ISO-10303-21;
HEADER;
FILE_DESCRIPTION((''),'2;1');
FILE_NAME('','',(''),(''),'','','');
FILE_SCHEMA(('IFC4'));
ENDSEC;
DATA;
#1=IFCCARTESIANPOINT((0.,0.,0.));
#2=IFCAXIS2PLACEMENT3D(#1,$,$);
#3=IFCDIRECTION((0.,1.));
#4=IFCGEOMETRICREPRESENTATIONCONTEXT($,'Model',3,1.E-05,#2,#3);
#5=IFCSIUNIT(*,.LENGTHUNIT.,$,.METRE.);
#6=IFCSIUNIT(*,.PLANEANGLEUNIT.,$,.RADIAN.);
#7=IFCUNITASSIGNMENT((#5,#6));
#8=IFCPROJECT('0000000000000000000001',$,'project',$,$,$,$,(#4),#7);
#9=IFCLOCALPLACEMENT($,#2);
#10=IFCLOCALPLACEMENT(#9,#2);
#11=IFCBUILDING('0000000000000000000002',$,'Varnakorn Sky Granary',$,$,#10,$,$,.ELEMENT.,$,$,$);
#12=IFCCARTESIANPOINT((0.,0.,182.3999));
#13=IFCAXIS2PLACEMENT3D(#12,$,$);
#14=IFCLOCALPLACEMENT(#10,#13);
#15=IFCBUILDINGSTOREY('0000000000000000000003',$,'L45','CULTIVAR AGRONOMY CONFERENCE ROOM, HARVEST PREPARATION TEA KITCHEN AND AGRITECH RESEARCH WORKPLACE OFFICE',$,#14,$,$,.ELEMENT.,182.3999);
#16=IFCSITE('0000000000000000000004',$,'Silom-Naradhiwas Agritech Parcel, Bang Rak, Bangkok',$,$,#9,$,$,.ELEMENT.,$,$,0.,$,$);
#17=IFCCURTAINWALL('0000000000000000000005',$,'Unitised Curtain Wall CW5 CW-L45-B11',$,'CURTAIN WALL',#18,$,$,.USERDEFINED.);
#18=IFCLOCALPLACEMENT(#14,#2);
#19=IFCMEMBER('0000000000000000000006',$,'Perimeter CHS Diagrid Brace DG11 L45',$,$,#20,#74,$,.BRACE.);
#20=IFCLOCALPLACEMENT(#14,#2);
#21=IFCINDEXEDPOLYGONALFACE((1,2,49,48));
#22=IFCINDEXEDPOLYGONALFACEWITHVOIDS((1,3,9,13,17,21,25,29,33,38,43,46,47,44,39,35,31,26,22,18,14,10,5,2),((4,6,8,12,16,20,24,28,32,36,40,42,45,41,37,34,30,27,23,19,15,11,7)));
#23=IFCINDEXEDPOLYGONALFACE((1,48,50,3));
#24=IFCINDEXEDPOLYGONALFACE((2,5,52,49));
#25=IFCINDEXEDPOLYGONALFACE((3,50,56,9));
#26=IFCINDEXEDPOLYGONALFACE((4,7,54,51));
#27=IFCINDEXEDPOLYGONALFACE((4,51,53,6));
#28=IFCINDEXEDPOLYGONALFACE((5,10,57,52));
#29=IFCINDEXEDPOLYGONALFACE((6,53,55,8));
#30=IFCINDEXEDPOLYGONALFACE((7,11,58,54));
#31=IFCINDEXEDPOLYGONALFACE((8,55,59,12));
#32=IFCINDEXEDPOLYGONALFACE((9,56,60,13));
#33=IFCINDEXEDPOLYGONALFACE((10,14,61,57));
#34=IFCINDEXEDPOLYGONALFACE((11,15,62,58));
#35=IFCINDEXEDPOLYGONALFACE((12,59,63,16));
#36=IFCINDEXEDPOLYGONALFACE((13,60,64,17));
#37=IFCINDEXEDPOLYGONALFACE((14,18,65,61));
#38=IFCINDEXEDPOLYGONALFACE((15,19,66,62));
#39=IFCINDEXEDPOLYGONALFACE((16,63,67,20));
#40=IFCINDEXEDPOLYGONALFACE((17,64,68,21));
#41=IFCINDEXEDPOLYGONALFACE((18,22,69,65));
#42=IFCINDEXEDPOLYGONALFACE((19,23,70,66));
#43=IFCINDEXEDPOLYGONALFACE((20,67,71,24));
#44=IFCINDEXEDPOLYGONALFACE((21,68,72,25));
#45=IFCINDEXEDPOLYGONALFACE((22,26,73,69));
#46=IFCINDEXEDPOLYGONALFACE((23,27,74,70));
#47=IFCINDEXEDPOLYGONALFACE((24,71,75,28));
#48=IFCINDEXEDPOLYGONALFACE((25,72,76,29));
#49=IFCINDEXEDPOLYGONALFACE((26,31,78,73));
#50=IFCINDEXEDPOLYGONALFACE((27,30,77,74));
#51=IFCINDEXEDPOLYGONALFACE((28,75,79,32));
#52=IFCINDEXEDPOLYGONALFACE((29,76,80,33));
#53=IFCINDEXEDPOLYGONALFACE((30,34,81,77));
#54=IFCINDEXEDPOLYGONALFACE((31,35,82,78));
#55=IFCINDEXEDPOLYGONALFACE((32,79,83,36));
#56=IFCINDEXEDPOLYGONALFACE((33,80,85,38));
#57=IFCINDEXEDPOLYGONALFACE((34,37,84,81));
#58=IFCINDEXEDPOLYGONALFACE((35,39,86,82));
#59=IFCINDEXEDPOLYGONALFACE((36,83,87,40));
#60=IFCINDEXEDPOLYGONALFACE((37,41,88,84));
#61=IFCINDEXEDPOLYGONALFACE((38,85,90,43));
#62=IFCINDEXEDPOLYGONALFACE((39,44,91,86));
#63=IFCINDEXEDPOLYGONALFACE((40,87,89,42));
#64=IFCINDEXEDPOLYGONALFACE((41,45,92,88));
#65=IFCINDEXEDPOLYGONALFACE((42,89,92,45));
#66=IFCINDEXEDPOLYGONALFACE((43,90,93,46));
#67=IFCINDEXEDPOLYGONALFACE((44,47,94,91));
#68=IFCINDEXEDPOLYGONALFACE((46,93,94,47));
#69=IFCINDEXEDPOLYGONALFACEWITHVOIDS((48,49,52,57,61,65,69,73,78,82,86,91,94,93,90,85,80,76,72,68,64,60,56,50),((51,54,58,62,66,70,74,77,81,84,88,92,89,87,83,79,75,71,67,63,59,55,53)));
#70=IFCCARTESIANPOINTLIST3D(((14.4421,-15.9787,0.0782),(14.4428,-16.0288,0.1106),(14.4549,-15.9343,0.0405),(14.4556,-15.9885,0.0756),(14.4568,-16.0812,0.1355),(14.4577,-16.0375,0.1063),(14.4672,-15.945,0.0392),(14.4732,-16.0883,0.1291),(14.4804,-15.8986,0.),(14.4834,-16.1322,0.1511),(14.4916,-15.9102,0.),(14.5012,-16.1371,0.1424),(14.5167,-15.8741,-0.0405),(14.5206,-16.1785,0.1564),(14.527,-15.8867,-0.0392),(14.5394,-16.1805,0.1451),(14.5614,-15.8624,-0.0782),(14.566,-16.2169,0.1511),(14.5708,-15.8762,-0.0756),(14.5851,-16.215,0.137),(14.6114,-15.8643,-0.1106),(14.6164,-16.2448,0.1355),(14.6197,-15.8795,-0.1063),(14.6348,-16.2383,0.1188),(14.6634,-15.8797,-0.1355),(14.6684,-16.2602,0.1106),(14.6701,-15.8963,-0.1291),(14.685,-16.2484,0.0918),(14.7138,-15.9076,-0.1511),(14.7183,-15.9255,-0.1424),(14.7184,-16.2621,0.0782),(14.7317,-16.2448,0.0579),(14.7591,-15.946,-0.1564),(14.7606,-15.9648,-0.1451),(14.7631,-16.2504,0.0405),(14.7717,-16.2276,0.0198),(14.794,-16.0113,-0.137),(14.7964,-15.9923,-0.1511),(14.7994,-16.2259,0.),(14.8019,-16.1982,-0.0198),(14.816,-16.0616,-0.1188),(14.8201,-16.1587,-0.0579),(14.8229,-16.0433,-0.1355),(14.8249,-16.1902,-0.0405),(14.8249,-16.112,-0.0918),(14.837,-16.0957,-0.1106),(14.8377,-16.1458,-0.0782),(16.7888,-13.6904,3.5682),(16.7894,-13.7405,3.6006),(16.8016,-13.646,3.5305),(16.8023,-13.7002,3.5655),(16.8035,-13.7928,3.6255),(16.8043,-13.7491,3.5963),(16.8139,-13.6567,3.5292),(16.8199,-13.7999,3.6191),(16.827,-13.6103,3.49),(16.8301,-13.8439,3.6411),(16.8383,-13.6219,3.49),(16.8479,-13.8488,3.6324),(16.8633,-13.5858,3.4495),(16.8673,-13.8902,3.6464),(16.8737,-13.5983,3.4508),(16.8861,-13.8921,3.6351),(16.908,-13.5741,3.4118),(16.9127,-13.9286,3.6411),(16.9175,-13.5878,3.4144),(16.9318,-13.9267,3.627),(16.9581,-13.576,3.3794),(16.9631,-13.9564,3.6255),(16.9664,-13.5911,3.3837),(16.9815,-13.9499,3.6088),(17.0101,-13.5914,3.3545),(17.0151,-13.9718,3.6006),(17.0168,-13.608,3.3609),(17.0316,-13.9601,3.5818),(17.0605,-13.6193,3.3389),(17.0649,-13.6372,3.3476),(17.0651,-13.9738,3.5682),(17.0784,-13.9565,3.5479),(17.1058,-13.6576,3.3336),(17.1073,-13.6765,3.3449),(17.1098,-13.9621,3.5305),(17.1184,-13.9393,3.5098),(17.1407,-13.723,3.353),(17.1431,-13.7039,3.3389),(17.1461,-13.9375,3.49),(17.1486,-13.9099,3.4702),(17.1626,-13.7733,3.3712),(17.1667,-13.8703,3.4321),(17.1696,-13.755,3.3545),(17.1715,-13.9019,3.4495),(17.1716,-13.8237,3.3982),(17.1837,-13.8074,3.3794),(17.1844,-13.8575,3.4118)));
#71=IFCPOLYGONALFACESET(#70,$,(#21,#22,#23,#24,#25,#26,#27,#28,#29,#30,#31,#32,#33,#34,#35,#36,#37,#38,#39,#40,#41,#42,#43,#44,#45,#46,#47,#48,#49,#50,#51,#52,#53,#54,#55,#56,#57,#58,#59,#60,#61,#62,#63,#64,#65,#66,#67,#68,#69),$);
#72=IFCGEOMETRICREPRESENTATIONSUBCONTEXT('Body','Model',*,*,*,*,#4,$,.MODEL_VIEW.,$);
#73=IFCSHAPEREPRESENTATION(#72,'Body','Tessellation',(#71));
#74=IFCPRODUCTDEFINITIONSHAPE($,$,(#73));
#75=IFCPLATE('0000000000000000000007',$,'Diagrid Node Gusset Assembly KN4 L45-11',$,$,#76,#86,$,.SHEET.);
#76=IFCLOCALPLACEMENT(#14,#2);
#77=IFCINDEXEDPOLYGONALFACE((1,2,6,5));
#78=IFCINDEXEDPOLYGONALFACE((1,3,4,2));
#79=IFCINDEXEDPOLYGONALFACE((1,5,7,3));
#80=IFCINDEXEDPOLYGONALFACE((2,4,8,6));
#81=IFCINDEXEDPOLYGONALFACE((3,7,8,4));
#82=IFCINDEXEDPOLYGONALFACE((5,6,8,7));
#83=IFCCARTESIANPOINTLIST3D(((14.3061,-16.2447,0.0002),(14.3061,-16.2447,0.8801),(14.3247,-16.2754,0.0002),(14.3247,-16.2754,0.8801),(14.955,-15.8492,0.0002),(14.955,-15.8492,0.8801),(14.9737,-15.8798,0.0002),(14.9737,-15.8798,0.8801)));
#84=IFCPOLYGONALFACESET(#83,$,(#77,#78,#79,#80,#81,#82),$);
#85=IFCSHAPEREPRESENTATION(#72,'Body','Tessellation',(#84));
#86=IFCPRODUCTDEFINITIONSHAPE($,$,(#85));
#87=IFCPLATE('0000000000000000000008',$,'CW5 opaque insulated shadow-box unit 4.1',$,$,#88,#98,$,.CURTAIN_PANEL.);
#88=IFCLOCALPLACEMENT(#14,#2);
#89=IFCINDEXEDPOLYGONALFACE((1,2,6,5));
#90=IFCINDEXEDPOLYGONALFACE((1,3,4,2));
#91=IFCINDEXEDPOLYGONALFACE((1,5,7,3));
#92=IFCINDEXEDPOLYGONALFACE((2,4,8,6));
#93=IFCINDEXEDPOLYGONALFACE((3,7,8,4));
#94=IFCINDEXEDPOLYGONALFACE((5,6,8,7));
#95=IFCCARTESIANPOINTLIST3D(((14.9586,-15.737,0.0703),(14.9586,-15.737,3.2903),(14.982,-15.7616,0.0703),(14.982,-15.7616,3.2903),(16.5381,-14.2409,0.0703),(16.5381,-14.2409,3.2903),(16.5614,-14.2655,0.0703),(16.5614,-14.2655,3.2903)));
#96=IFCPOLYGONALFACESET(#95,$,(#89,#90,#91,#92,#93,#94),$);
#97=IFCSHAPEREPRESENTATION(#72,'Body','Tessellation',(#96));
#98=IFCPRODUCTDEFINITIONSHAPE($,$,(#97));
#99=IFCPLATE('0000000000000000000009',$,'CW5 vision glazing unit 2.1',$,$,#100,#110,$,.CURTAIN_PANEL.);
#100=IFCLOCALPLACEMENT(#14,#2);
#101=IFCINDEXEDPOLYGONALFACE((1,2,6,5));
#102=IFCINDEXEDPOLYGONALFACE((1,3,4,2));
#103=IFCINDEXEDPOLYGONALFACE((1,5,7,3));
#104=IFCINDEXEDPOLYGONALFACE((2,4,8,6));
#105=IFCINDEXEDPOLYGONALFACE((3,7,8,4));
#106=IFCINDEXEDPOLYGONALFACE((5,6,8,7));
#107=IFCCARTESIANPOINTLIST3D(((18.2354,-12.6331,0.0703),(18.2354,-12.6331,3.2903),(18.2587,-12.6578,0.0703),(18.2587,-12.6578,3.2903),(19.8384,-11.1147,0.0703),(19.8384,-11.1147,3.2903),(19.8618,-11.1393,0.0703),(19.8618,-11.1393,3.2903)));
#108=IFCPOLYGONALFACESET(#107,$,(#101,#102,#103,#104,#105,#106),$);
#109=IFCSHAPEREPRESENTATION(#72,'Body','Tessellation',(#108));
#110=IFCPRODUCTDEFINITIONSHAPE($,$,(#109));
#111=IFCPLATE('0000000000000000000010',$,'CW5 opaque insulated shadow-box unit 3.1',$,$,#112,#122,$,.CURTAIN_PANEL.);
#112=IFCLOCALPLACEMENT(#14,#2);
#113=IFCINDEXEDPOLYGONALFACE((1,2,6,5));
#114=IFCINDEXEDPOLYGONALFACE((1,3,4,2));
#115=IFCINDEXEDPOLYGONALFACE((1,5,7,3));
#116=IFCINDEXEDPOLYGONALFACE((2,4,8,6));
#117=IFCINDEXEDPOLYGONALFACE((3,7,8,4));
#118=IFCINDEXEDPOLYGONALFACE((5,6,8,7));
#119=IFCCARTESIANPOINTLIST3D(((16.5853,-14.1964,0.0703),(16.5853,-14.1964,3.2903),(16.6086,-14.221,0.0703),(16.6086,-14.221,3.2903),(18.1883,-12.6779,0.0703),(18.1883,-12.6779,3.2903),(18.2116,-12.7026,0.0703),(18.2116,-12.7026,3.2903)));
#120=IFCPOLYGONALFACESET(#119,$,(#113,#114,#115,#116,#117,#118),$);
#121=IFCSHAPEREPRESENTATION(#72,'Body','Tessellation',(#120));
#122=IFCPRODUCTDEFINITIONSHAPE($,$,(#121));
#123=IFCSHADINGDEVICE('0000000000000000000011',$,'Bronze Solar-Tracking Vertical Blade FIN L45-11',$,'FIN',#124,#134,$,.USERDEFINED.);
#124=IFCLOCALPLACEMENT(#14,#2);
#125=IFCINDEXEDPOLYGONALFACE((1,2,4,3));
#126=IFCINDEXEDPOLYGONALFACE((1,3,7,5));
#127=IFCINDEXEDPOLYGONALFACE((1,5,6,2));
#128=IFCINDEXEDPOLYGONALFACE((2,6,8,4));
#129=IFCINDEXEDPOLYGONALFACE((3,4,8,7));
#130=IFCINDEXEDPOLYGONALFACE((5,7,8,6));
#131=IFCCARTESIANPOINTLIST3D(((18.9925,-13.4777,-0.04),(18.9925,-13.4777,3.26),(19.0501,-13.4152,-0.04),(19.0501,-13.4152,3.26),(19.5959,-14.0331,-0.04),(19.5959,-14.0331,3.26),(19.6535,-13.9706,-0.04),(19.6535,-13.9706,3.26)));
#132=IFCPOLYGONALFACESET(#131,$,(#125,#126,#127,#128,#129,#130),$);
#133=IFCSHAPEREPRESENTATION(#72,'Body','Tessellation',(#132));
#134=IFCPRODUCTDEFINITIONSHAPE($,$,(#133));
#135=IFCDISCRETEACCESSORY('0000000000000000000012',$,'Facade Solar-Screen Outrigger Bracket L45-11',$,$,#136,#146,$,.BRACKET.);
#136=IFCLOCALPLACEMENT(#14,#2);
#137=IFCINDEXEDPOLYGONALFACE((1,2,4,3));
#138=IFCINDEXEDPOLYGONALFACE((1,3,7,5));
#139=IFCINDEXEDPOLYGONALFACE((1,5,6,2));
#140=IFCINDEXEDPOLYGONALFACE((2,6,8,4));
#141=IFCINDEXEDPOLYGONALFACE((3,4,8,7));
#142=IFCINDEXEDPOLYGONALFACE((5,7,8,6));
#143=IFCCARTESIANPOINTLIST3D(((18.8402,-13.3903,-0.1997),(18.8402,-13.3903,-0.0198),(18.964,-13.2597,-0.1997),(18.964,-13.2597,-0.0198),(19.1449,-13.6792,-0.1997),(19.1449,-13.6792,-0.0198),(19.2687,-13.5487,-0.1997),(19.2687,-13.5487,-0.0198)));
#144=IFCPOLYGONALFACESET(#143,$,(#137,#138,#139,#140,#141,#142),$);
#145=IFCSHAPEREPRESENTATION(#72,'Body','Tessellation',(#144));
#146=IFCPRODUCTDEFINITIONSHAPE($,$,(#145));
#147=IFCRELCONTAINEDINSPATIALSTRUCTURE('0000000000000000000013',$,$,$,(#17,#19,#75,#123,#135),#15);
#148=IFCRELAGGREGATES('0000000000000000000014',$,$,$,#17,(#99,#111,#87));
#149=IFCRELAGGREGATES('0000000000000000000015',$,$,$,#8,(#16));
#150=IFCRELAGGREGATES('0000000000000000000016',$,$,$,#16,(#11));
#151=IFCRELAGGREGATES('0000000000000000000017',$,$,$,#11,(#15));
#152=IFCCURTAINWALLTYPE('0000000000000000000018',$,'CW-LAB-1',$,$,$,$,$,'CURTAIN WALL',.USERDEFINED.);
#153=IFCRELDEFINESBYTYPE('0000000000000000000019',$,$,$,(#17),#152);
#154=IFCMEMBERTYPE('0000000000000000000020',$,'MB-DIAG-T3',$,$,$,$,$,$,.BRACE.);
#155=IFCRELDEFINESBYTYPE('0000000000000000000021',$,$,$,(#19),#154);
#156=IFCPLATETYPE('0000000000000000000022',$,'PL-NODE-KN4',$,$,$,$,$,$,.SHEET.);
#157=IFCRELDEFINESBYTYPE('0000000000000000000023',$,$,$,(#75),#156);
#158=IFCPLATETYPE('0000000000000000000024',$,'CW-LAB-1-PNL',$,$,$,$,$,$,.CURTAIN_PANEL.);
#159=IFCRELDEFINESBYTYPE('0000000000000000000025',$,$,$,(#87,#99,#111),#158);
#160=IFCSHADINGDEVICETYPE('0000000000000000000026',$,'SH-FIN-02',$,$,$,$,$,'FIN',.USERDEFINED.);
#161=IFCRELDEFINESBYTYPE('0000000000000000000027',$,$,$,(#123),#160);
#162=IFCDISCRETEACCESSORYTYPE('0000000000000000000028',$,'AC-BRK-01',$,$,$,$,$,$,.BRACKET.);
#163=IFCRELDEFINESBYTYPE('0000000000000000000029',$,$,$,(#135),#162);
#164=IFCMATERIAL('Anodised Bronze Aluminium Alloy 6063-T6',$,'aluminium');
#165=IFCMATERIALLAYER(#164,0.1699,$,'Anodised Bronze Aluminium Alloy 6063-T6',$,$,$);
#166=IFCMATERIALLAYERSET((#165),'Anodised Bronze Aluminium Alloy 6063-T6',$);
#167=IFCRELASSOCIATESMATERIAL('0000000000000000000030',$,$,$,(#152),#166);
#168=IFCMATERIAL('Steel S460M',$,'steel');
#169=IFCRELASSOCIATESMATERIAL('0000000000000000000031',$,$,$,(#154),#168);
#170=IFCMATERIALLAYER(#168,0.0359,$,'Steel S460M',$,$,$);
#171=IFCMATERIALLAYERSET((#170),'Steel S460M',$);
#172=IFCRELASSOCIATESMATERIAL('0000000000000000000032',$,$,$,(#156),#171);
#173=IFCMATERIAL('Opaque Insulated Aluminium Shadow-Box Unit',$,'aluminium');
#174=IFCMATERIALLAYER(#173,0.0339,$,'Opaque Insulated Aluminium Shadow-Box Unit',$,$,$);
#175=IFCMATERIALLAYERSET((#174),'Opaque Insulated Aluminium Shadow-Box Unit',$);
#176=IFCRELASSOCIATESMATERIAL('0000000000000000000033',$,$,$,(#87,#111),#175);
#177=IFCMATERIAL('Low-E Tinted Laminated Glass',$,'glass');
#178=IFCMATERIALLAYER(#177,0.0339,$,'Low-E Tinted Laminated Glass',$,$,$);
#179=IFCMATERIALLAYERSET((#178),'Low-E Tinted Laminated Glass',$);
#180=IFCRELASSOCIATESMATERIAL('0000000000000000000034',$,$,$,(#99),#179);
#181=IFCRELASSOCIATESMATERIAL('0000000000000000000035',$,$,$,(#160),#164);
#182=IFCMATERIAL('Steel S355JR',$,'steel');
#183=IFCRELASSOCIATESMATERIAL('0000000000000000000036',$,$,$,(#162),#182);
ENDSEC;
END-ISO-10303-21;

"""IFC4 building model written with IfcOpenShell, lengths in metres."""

from ifc_helpers import new_model, si_unit, direction, frame, origin, origin_2d, place, context, subcontext, project, spatial, rectangle, hollow_circle, extrude, source, transform, mapped, material, layer, layer_set, material_profile, profile_set, type_object, type_shapes, element, aggregate, save


model = new_model("IFC4")

# Units and contexts
model_context = context("Model", 3, precision=1e-05, world=origin(), true_north=direction((0.0, 1.0)))
body_context = subcontext(model_context, "Body", "Model", "MODEL_VIEW")
ifc_project = project(units=[si_unit("LENGTHUNIT", "METRE"), si_unit("PLANEANGLEUNIT", "RADIAN")], contexts=[model_context])

# Site, building, storey
site_placement = place(None, origin())
site = spatial("IfcSite", under=ifc_project, at=site_placement, Name="Silom-Naradhiwas Agritech Parcel, Bang Rak, Bangkok", CompositionType="ELEMENT", RefElevation=0.0)
building_placement = place(site_placement, origin())
building = spatial("IfcBuilding", under=site, at=building_placement, Name="Varnakorn Sky Granary", CompositionType="ELEMENT")
storey_placement = place(building_placement, frame((0.0, 0.0, 182.3999)))
storey = spatial("IfcBuildingStorey", under=building, at=storey_placement, Name="L45", Description="CULTIVAR AGRONOMY CONFERENCE ROOM, HARVEST PREPARATION TEA KITCHEN AND AGRITECH RESEARCH WORKPLACE OFFICE", CompositionType="ELEMENT", Elevation=182.3999)

# Shared definitions
ifc_material_1 = material(Name="Steel S460M", Category="steel")

# Shared definitions
ifc_material_2 = material(Name="Steel S355JR", Category="steel")

# Shared definitions
ifc_material_3 = material(Name="Anodised Bronze Aluminium Alloy 6063-T6", Category="aluminium")
ifc_layer_1 = layer(ifc_material_3, 0.1699, Name="Anodised Bronze Aluminium Alloy 6063-T6")
ifc_layer_set_1 = layer_set([ifc_layer_1], Name="Anodised Bronze Aluminium Alloy 6063-T6")
curtain_wall_type = type_object("IfcCurtainWallType", Name="CW-LAB-1", ElementType="CURTAIN WALL", PredefinedType="USERDEFINED", material=ifc_layer_set_1)

# Curtain wall
curtain_wall_1_placement = place(storey_placement, origin())
curtain_wall_1 = element("IfcCurtainWall", 1, at=curtain_wall_1_placement, inside=storey, type_object=curtain_wall_type, Name="Unitised Curtain Wall CW5 CW-L45-B11", ObjectType="CURTAIN WALL", PredefinedType="USERDEFINED")

# Member
ifc_material_profile_1 = material_profile(ifc_material_1, hollow_circle(Radius=0.2285, WallThickness=0.0161, at=origin_2d()), Name="CHS 457x16")
ifc_profile_set_1 = profile_set([ifc_material_profile_1], Name="Steel S460M")
member_type_1 = type_object("IfcMemberType", Name="MB-DIAG-T3", PredefinedType="BRACE", material=ifc_profile_set_1)
member_1_placement = place(storey_placement, frame((14.6399, -16.0623, 0.0), z_axis=(0.490133, 0.477946, 0.728928), x_axis=(-0.69815, 0.715952, 0.0)))
element("IfcMember", 2, at=member_1_placement, inside=storey, type_object=member_type_1, Name="Perimeter CHS Diagrid Brace DG11 L45", PredefinedType="BRACE", context=body_context, shape_type="SweptSolid", body=[
    extrude(hollow_circle(Radius=0.2285, WallThickness=0.0161, at=origin_2d()), origin(), (0.0, 0.0, 1.0), 4.7878),
])

# Plates
ifc_layer_2 = layer(ifc_material_1, 0.0359, Name="Steel S460M")
ifc_layer_set_2 = layer_set([ifc_layer_2], Name="Steel S460M")
plate_type_1 = type_object("IfcPlateType", Name="PL-NODE-KN4", PredefinedType="SHEET", material=ifc_layer_set_2)
plate_1_placement = place(storey_placement, frame((14.6399, -16.0623, 0.0002), z_axis=(0.0, 0.0, 1.0), x_axis=(0.853891, 0.520451, 0.0)))
element("IfcPlate", 3, at=plate_1_placement, inside=storey, type_object=plate_type_1, Name="Diagrid Node Gusset Assembly KN4 L45-11", PredefinedType="SHEET", context=body_context, shape_type="SweptSolid", body=[
    extrude(rectangle(XDim=0.76, YDim=0.0359, at=origin_2d()), origin(), (0.0, 0.0, 1.0), 0.8799),
])
ifc_material_4 = material(Name="Opaque Insulated Aluminium Shadow-Box Unit", Category="aluminium")
ifc_layer_3 = layer(ifc_material_4, 0.0339, Name="Opaque Insulated Aluminium Shadow-Box Unit")
ifc_layer_set_3 = layer_set([ifc_layer_3], Name="Opaque Insulated Aluminium Shadow-Box Unit")
plate_type_2 = type_object("IfcPlateType", Name="CW-LAB-1-PNL", PredefinedType="CURTAIN_PANEL")
shared_shape_1 = source(origin(), body_context, "Body", "SweptSolid", [
    extrude(rectangle(XDim=2.1755, YDim=0.0339, at=origin_2d()), origin(), (0.0, 0.0, 1.0), 3.22),
])
plate_2_placement = place(storey_placement, frame((15.76, -15.0012, 0.0703), z_axis=(0.0, 0.0, 1.0), x_axis=(-0.726002, -0.687692, 0.0)))
plate_2 = element("IfcPlate", 4, at=plate_2_placement, type_object=plate_type_2, material=ifc_layer_set_3, Name="CW5 opaque insulated shadow-box unit 4.1", PredefinedType="CURTAIN_PANEL", context=body_context, shape_type="MappedRepresentation", body=[
    mapped(shared_shape_1, transform((0.0, 0.0, 0.0), x_axis=(1.0, 0.0, 0.0), y_axis=(0.0, 1.0, 0.0), z_axis=(0.0, 0.0, 1.0), scale=1.0)),
])
ifc_material_5 = material(Name="Low-E Tinted Laminated Glass", Category="glass")
ifc_layer_4 = layer(ifc_material_5, 0.0339, Name="Low-E Tinted Laminated Glass")
ifc_layer_set_4 = layer_set([ifc_layer_4], Name="Low-E Tinted Laminated Glass")
shared_shape_2 = source(origin(), body_context, "Body", "SweptSolid", [
    extrude(rectangle(XDim=2.208, YDim=0.0339, at=origin_2d()), origin(), (0.0, 0.0, 1.0), 3.22),
])
type_shapes(plate_type_2, [shared_shape_1, shared_shape_2])
plate_3_placement = place(storey_placement, frame((19.0486, -11.8862, 0.0703), z_axis=(0.0, 0.0, 1.0), x_axis=(-0.726002, -0.687692, 0.0)))
plate_3 = element("IfcPlate", 5, at=plate_3_placement, type_object=plate_type_2, material=ifc_layer_set_4, Name="CW5 vision glazing unit 2.1", PredefinedType="CURTAIN_PANEL", context=body_context, shape_type="MappedRepresentation", body=[
    mapped(shared_shape_2, transform((0.0, 0.0, 0.0), x_axis=(1.0, 0.0, 0.0), y_axis=(0.0, 1.0, 0.0), z_axis=(0.0, 0.0, 1.0), scale=1.0)),
])
plate_4_placement = place(storey_placement, frame((17.3984, -13.4495, 0.0703), z_axis=(0.0, 0.0, 1.0), x_axis=(-0.726002, -0.687692, 0.0)))
plate_4 = element("IfcPlate", 6, at=plate_4_placement, type_object=plate_type_2, material=ifc_layer_set_3, Name="CW5 opaque insulated shadow-box unit 3.1", PredefinedType="CURTAIN_PANEL", context=body_context, shape_type="MappedRepresentation", body=[
    mapped(shared_shape_2, transform((0.0, 0.0, 0.0), x_axis=(1.0, 0.0, 0.0), y_axis=(0.0, 1.0, 0.0), z_axis=(0.0, 0.0, 1.0), scale=1.0)),
])
aggregate(curtain_wall_1, [plate_3, plate_4, plate_2])

# Shading device
shading_device_type = type_object("IfcShadingDeviceType", Name="SH-FIN-02", ElementType="FIN", PredefinedType="USERDEFINED", material=ifc_material_3)
shared_shape_3 = source(origin(), body_context, "Body", "SweptSolid", [
    extrude(rectangle(XDim=0.085, YDim=0.8201, at=origin_2d()), origin(), (0.0, 0.0, 1.0), 3.3),
])
type_shapes(shading_device_type, [shared_shape_3])
shading_device_placement = place(storey_placement, frame((19.323, -13.7241, -0.04), z_axis=(0.0, 0.0, 1.0), x_axis=(0.677252, 0.735751, 0.0)))
element("IfcShadingDevice", 7, at=shading_device_placement, inside=storey, type_object=shading_device_type, Name="Bronze Solar-Tracking Vertical Blade FIN L45-11", ObjectType="FIN", PredefinedType="USERDEFINED", context=body_context, shape_type="MappedRepresentation", body=[
    mapped(shared_shape_3, transform((0.0, 0.0, 0.0), x_axis=(1.0, 0.0, 0.0), y_axis=(0.0, 1.0, 0.0), z_axis=(0.0, 0.0, 1.0), scale=1.0)),
])

# Discrete accessory
discrete_accessory_type = type_object("IfcDiscreteAccessoryType", Name="AC-BRK-01", PredefinedType="BRACKET", material=ifc_material_2)
shared_shape_4 = source(origin(), body_context, "Body", "SweptSolid", [
    extrude(rectangle(XDim=0.1799, YDim=0.4199, at=origin_2d()), origin(), (0.0, 0.0, 1.0), 0.1799),
])
type_shapes(discrete_accessory_type, [shared_shape_4])
discrete_accessory_placement = place(storey_placement, frame((19.0544, -13.4695, -0.1997), z_axis=(0.0, 0.0, 1.0), x_axis=(0.688084, 0.725631, 0.0)))
element("IfcDiscreteAccessory", 8, at=discrete_accessory_placement, inside=storey, type_object=discrete_accessory_type, Name="Facade Solar-Screen Outrigger Bracket L45-11", PredefinedType="BRACKET", context=body_context, shape_type="MappedRepresentation", body=[
    mapped(shared_shape_4, transform((0.0, 0.0, 0.0), x_axis=(1.0, 0.0, 0.0), y_axis=(0.0, 1.0, 0.0), z_axis=(0.0, 0.0, 1.0), scale=1.0)),
])

save(model, "model.ifc")
